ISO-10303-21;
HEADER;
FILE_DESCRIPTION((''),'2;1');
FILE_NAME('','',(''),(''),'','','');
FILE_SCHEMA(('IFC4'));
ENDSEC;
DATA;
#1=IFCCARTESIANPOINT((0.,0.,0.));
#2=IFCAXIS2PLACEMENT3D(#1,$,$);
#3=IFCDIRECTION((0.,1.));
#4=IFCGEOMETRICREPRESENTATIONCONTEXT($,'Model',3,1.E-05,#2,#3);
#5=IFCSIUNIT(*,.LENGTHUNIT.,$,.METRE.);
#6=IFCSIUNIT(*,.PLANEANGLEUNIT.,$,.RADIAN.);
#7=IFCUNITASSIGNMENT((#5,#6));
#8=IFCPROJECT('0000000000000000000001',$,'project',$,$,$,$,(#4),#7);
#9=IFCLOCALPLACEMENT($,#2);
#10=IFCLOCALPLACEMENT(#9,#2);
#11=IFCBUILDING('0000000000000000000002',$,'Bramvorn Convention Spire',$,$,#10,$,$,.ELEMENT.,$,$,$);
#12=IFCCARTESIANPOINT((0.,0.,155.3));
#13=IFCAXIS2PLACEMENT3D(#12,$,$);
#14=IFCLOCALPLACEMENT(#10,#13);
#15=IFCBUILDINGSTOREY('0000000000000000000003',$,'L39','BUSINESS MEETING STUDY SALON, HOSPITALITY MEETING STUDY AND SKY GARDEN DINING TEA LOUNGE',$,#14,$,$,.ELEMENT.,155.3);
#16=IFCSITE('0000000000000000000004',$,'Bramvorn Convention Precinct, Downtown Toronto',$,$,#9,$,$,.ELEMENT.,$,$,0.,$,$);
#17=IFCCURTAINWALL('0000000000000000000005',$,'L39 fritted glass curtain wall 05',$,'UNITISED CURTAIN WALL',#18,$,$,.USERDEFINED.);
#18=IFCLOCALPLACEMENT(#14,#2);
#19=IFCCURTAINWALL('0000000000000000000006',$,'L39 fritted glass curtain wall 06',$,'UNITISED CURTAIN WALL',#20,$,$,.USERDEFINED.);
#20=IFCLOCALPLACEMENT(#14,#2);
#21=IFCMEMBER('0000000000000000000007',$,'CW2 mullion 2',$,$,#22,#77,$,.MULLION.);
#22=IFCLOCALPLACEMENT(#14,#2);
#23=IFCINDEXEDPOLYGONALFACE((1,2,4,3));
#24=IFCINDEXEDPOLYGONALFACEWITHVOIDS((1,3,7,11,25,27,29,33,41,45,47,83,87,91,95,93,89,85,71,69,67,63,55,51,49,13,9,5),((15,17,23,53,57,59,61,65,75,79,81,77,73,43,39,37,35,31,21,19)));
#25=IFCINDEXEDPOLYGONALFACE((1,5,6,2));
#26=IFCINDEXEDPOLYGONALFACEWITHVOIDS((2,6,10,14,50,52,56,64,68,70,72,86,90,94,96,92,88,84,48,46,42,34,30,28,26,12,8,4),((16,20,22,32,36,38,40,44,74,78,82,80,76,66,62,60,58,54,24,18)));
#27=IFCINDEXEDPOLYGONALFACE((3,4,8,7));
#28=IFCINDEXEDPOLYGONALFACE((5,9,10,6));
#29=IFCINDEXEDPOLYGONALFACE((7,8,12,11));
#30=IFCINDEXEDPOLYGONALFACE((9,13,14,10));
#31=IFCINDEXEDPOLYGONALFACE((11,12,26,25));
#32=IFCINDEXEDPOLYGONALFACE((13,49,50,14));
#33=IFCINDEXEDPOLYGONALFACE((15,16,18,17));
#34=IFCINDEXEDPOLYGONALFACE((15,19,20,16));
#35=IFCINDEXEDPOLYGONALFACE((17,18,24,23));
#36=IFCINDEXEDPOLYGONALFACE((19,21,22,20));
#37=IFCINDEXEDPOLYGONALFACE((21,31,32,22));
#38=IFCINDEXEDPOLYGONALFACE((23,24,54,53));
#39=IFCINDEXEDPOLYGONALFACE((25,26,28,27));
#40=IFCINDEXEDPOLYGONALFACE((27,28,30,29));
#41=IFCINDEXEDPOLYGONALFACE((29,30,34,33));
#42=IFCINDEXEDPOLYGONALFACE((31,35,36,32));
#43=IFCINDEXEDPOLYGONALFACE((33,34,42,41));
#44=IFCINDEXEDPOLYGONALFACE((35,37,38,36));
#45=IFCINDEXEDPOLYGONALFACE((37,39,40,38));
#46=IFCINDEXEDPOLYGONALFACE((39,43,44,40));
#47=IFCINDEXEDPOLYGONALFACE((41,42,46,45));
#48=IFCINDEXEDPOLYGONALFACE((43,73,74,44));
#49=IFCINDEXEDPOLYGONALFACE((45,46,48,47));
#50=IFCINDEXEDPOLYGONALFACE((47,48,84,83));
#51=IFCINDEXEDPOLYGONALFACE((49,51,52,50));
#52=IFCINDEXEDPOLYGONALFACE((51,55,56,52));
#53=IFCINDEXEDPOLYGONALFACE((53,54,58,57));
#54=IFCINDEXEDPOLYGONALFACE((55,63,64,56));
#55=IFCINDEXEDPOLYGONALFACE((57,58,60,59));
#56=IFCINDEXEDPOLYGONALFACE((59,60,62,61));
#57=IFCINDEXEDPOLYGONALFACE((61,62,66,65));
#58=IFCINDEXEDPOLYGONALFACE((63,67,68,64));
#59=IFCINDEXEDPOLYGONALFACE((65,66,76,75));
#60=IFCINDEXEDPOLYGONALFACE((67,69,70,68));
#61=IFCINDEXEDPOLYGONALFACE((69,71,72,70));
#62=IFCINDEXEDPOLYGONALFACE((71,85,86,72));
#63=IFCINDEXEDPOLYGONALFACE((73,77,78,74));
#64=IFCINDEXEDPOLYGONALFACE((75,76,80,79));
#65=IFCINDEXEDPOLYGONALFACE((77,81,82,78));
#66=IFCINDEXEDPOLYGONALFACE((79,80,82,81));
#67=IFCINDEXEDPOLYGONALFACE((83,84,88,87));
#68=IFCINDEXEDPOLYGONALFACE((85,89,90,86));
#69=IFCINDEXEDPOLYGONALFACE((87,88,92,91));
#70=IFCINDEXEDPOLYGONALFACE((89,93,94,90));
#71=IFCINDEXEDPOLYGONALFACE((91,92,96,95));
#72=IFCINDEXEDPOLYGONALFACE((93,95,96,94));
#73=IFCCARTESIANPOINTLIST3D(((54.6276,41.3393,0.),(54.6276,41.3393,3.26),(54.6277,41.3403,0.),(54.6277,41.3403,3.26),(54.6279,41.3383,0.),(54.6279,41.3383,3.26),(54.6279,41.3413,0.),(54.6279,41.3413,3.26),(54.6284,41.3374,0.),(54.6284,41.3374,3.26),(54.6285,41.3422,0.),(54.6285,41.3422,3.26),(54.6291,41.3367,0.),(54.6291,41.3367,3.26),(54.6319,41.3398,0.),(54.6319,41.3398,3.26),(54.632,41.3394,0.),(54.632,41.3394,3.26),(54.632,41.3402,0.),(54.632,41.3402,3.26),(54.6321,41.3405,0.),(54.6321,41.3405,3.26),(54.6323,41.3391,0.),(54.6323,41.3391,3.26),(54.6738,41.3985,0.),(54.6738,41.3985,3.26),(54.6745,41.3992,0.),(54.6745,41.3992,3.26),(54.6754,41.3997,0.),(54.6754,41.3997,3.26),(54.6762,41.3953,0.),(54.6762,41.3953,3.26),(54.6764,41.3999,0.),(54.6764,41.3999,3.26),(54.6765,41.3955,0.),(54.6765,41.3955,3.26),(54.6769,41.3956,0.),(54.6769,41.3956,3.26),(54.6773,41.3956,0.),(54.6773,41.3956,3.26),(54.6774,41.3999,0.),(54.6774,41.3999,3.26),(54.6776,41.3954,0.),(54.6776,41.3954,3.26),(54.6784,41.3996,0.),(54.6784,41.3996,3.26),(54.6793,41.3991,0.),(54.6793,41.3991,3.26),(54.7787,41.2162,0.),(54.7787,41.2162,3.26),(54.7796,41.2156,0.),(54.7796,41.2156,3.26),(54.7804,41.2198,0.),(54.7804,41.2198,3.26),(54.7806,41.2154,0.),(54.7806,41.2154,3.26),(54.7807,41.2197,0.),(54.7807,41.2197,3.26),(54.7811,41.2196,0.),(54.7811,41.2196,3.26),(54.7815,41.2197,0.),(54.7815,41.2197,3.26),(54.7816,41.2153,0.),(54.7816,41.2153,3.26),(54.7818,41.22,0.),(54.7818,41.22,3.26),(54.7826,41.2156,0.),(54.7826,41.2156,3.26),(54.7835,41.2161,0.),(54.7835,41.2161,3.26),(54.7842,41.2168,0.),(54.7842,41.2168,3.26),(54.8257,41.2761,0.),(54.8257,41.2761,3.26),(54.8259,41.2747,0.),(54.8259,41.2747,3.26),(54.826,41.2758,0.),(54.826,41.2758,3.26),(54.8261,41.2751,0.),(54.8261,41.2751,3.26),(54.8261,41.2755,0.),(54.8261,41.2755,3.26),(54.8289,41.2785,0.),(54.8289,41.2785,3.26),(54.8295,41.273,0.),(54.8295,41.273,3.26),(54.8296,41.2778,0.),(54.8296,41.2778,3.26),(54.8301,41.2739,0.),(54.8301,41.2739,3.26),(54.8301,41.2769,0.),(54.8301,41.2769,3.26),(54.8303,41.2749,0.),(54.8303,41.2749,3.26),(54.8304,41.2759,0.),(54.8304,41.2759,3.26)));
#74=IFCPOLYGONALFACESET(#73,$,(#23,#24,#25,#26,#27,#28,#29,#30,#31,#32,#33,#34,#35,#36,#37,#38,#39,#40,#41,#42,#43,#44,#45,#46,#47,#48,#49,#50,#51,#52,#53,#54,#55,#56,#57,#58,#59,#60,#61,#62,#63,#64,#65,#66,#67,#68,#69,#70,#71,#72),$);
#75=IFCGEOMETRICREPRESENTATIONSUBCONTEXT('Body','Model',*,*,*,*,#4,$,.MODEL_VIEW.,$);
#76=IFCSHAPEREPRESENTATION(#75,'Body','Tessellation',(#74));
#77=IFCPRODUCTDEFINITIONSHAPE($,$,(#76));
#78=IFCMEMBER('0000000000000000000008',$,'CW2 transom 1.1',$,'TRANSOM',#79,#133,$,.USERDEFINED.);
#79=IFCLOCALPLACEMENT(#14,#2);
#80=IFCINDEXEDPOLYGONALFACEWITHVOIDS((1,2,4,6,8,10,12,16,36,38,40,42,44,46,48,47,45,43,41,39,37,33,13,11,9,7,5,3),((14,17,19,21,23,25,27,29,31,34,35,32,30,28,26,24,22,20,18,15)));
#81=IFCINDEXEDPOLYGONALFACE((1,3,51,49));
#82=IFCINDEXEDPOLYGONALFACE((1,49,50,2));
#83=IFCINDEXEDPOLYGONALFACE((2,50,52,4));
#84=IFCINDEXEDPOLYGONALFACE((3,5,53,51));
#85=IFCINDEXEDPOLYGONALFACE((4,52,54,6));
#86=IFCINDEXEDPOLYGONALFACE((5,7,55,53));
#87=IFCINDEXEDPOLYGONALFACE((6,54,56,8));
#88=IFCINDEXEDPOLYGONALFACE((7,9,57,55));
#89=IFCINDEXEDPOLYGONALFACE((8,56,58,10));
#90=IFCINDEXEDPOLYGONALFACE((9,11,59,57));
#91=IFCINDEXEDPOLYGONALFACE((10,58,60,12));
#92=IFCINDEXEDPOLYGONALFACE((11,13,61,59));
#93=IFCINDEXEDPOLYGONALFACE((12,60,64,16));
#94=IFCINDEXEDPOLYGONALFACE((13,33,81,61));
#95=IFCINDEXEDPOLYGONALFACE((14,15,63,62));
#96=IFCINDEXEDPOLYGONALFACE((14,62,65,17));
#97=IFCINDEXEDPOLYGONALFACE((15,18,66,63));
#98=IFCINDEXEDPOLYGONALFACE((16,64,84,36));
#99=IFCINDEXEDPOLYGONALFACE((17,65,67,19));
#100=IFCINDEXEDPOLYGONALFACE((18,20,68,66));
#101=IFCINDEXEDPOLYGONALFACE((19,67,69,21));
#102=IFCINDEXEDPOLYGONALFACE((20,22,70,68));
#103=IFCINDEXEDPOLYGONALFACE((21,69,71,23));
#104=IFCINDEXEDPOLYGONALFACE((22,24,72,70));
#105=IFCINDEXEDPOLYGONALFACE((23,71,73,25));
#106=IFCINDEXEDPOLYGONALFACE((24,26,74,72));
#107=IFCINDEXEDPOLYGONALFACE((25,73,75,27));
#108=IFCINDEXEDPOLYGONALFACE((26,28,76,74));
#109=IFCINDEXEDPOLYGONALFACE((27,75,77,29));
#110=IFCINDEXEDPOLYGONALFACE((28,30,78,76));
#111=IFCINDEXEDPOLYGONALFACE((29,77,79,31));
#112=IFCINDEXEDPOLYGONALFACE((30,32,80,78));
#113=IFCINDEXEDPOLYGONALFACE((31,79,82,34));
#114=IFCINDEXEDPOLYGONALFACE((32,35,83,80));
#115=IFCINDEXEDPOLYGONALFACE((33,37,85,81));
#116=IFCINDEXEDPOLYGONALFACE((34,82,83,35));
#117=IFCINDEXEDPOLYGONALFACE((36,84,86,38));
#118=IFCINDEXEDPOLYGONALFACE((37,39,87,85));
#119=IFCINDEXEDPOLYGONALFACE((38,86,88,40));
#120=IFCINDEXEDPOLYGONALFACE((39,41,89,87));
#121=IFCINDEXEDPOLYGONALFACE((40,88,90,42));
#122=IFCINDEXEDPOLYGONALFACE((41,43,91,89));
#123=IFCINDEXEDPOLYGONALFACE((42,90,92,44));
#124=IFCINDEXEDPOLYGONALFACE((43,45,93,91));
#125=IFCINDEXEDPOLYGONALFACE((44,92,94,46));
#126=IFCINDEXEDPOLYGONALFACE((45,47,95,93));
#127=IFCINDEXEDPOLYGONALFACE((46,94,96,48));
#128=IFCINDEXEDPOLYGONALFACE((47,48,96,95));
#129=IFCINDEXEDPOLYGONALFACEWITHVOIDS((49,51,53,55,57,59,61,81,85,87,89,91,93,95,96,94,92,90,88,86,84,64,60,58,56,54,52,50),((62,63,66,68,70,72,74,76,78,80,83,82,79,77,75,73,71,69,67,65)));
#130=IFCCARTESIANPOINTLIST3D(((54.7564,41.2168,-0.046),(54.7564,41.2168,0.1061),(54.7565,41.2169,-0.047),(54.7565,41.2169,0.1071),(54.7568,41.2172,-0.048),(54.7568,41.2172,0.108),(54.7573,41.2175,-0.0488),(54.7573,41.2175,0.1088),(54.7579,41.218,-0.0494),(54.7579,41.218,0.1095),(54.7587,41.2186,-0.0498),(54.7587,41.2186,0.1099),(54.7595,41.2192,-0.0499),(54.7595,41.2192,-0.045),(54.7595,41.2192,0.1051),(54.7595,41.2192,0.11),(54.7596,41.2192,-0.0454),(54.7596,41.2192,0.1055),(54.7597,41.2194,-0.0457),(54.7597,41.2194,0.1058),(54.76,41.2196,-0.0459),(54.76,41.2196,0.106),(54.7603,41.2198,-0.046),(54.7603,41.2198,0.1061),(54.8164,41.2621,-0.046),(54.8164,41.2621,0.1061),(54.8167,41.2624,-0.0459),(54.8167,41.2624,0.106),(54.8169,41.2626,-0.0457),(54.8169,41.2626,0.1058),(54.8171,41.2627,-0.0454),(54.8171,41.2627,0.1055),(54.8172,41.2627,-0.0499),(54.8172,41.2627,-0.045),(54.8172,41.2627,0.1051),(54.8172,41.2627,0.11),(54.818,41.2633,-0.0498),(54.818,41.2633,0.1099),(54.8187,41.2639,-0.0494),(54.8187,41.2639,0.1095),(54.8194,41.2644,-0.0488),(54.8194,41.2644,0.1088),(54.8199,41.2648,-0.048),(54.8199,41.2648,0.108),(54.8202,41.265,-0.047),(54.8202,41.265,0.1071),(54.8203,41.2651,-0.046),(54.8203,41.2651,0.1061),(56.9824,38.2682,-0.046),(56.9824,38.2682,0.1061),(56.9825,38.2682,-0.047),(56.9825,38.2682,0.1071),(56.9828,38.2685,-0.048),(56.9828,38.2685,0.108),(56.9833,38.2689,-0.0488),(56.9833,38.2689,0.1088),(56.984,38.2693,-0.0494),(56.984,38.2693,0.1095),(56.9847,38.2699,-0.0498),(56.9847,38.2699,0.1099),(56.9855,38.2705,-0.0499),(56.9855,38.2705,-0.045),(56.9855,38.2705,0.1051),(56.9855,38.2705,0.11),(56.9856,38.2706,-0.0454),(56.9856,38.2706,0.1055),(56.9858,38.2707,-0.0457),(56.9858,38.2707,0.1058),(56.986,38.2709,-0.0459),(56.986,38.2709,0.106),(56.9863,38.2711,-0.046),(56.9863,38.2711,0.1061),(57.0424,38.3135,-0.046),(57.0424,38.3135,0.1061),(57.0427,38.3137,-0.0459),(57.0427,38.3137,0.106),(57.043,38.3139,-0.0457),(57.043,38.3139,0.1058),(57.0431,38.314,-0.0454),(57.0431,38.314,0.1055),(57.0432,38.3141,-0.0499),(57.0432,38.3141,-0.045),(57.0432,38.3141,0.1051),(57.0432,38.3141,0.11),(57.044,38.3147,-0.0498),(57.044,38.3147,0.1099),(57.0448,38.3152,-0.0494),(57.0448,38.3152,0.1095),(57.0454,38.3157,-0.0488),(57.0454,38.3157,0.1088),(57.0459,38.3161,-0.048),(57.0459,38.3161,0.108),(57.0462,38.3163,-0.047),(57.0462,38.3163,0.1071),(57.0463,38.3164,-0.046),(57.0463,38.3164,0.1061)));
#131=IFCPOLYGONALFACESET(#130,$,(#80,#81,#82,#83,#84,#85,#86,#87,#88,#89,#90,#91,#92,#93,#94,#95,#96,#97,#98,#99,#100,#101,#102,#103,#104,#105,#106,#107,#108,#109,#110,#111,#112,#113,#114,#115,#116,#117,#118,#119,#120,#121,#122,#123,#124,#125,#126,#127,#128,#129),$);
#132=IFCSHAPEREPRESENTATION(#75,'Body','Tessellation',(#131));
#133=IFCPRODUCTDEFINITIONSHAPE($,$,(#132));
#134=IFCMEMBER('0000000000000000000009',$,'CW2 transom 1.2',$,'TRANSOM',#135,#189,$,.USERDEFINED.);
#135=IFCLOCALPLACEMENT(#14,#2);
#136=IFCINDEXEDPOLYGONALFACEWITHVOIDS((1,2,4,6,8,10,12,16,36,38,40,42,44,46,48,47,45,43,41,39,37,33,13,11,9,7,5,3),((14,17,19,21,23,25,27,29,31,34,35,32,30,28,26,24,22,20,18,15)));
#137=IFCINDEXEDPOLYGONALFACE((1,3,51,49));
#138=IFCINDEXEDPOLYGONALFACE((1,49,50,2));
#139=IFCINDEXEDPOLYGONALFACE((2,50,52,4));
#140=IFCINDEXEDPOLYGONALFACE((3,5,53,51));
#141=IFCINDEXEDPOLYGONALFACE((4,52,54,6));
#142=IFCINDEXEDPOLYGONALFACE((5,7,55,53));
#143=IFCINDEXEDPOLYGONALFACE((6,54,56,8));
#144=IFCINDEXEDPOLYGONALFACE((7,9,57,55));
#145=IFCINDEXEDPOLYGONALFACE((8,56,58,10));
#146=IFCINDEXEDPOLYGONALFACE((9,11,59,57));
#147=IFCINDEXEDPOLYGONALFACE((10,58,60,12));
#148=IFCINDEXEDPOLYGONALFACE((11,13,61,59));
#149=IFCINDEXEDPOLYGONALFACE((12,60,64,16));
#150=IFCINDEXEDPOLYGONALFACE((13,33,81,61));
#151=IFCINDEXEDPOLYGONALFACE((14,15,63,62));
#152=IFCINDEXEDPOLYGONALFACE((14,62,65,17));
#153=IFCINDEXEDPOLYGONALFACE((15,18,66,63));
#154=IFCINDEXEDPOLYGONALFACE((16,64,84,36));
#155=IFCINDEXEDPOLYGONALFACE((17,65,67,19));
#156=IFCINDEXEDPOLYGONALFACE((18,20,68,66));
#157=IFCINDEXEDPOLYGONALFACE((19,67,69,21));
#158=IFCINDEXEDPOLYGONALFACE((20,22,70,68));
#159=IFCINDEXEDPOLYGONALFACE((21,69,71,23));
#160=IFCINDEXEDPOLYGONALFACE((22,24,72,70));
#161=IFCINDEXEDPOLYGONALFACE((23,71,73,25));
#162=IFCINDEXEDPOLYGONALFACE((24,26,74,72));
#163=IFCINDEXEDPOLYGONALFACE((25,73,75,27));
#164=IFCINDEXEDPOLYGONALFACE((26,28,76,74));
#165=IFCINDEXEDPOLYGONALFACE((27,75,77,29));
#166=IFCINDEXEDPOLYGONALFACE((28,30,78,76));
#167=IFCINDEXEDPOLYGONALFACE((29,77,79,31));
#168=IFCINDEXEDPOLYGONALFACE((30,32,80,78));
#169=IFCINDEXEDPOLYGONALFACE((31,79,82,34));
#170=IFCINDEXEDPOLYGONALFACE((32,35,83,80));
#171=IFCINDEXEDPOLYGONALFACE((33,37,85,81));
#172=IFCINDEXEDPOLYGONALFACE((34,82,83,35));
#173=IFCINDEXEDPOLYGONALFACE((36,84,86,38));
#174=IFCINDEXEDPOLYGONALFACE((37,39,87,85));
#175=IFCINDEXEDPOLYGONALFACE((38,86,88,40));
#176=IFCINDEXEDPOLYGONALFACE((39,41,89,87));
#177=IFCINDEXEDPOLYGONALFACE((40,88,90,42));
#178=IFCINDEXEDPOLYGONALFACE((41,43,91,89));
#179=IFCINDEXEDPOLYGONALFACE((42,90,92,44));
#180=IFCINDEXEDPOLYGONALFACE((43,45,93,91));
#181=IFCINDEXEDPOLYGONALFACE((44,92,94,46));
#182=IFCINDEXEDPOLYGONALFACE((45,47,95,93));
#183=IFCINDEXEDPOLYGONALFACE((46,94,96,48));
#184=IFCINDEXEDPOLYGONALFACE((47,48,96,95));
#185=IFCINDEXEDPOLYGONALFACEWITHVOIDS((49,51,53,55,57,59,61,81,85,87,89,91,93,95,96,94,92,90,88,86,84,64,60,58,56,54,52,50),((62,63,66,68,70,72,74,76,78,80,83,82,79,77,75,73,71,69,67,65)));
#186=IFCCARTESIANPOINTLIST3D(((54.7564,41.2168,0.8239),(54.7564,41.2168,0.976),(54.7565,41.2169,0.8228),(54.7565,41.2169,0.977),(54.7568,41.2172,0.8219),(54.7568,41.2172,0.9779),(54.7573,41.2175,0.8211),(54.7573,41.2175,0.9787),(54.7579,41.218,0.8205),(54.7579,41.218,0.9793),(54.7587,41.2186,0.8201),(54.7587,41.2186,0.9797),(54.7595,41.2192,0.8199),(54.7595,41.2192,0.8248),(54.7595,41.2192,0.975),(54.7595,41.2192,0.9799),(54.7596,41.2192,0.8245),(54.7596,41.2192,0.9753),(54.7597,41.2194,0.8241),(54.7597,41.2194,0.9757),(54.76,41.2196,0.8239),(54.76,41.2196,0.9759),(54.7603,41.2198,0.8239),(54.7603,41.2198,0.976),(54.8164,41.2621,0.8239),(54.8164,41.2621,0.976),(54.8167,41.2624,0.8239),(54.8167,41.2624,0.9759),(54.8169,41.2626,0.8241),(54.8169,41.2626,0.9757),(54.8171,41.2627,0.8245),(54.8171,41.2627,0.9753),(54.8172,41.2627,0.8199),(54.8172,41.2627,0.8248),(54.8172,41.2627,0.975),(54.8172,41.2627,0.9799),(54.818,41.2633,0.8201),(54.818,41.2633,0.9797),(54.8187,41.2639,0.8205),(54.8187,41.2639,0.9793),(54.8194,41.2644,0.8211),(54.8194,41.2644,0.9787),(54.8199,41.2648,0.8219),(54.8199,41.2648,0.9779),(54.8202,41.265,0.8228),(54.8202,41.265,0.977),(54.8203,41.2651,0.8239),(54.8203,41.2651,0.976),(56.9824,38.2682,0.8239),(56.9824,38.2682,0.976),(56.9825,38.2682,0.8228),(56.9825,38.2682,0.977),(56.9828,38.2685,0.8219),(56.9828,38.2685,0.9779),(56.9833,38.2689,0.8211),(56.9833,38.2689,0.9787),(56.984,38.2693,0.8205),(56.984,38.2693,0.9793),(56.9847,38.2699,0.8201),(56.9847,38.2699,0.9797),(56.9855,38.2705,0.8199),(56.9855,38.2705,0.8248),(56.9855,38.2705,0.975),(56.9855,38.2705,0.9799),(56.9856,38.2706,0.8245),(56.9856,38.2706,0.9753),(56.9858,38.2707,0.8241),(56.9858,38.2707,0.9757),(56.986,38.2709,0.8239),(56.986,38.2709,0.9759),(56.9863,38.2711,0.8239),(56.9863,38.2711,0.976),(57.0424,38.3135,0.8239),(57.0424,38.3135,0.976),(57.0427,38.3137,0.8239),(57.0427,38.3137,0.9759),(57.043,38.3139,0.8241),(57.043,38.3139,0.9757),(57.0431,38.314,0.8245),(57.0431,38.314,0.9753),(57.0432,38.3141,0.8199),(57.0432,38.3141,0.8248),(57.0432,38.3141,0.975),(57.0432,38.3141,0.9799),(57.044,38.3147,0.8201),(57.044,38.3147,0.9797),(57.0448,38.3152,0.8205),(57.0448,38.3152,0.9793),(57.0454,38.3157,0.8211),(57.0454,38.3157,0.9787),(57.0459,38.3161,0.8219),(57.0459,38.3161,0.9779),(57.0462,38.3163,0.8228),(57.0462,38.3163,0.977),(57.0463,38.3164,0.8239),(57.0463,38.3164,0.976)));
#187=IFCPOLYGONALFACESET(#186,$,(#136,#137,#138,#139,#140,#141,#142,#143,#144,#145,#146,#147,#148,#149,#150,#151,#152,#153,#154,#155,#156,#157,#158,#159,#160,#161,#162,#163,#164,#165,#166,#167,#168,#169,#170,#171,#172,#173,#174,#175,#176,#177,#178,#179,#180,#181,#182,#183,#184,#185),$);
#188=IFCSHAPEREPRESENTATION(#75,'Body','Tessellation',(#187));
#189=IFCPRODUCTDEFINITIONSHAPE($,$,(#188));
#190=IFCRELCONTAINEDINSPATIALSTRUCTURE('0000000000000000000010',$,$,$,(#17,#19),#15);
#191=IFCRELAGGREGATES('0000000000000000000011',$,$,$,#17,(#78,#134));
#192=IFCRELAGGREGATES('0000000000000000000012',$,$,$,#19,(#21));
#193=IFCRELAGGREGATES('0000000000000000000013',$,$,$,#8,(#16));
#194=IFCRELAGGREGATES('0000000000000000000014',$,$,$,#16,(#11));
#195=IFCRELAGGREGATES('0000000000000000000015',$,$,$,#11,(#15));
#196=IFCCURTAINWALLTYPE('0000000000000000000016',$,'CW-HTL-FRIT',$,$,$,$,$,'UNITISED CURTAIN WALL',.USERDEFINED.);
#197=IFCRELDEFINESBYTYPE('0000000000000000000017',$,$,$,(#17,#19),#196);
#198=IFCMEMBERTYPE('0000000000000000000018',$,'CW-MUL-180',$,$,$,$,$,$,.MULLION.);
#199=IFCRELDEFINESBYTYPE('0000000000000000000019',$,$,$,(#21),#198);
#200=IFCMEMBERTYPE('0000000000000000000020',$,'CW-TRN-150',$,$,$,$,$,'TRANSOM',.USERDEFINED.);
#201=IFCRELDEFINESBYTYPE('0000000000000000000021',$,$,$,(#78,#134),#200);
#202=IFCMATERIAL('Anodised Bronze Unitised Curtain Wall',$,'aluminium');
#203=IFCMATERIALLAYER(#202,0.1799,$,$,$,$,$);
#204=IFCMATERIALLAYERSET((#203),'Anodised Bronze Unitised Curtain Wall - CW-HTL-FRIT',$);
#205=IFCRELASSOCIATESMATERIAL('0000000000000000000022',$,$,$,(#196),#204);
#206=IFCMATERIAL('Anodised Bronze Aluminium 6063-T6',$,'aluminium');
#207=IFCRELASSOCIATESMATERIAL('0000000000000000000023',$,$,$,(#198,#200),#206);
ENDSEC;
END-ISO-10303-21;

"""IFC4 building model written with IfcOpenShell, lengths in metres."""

from ifc_helpers import new_model, si_unit, direction, frame, origin, origin_2d, place, context, subcontext, project, spatial, hollow_rectangle, extrude, material, layer, layer_set, material_profile, profile_set, type_object, element, aggregate, save


model = new_model("IFC4")

# Units and contexts
model_context = context("Model", 3, precision=1e-05, world=origin(), true_north=direction((0.0, 1.0)))
body_context = subcontext(model_context, "Body", "Model", "MODEL_VIEW")
ifc_project = project(units=[si_unit("LENGTHUNIT", "METRE"), si_unit("PLANEANGLEUNIT", "RADIAN")], contexts=[model_context])

# Site, building, storey
site_placement = place(None, origin())
site = spatial("IfcSite", under=ifc_project, at=site_placement, Name="Bramvorn Convention Precinct, Downtown Toronto", CompositionType="ELEMENT", RefElevation=0.0)
building_placement = place(site_placement, origin())
building = spatial("IfcBuilding", under=site, at=building_placement, Name="Bramvorn Convention Spire", CompositionType="ELEMENT")
storey_placement = place(building_placement, frame((0.0, 0.0, 155.3)))
storey = spatial("IfcBuildingStorey", under=building, at=storey_placement, Name="L39", Description="BUSINESS MEETING STUDY SALON, HOSPITALITY MEETING STUDY AND SKY GARDEN DINING TEA LOUNGE", CompositionType="ELEMENT", Elevation=155.3)

# Curtain walls, member
ifc_material_1 = material(Name="Anodised Bronze Unitised Curtain Wall", Category="aluminium")
ifc_layer_1 = layer(ifc_material_1, 0.1799)
ifc_layer_set_1 = layer_set([ifc_layer_1], Name="Anodised Bronze Unitised Curtain Wall - CW-HTL-FRIT")
curtain_wall_type = type_object("IfcCurtainWallType", Name="CW-HTL-FRIT", ElementType="UNITISED CURTAIN WALL", PredefinedType="USERDEFINED", material=ifc_layer_set_1)
curtain_wall_1_placement = place(storey_placement, origin())
curtain_wall_1 = element("IfcCurtainWall", 1, at=curtain_wall_1_placement, inside=storey, type_object=curtain_wall_type, Name="L39 fritted glass curtain wall 05", ObjectType="UNITISED CURTAIN WALL", PredefinedType="USERDEFINED")
ifc_material_2 = material(Name="Anodised Bronze Aluminium 6063-T6", Category="aluminium")
ifc_material_profile_1 = material_profile(ifc_material_2, hollow_rectangle(XDim=0.0801, YDim=0.2, WallThickness=0.0039, InnerFilletRadius=0.001, OuterFilletRadius=0.0039, at=origin_2d()))
ifc_profile_set_1 = profile_set([ifc_material_profile_1], Name="Anodised Bronze Aluminium 6063-T6 - CWM80X200")
member_type_1 = type_object("IfcMemberType", Name="CW-MUL-180", PredefinedType="MULLION", material=ifc_profile_set_1)
curtain_wall_2_placement = place(storey_placement, origin())
curtain_wall_2 = element("IfcCurtainWall", 2, at=curtain_wall_2_placement, inside=storey, type_object=curtain_wall_type, Name="L39 fritted glass curtain wall 06", ObjectType="UNITISED CURTAIN WALL", PredefinedType="USERDEFINED")
member_1_placement = place(storey_placement, frame((54.729, 41.3076, 0.0), z_axis=(0.0, 0.0, 1.0), x_axis=(0.627247, 0.778821, 0.0)))
member_1 = element("IfcMember", 3, at=member_1_placement, type_object=member_type_1, Name="CW2 mullion 2", PredefinedType="MULLION", context=body_context, shape_type="SweptSolid", body=[
    extrude(hollow_rectangle(XDim=0.0801, YDim=0.2, WallThickness=0.0039, InnerFilletRadius=0.001, OuterFilletRadius=0.0039, at=origin_2d()), origin(), (0.0, 0.0, 1.0), 3.26),
])

# Members
ifc_material_profile_2 = material_profile(ifc_material_2, hollow_rectangle(XDim=0.0801, YDim=0.1599, WallThickness=0.0039, InnerFilletRadius=0.001, OuterFilletRadius=0.0039, at=origin_2d()))
ifc_profile_set_2 = profile_set([ifc_material_profile_2], Name="Anodised Bronze Aluminium 6063-T6 - CWT80X160")
member_type_2 = type_object("IfcMemberType", Name="CW-TRN-150", ElementType="TRANSOM", PredefinedType="USERDEFINED", material=ifc_profile_set_2)
member_2_placement = place(storey_placement, frame((54.7883, 41.241, 0.03), z_axis=(0.602513, -0.798109, 0.0), x_axis=(0.798109, 0.602513, 0.0)))
member_2 = element("IfcMember", 4, at=member_2_placement, type_object=member_type_2, Name="CW2 transom 1.1", ObjectType="TRANSOM", PredefinedType="USERDEFINED", context=body_context, shape_type="SweptSolid", body=[
    extrude(hollow_rectangle(XDim=0.0801, YDim=0.1599, WallThickness=0.0039, InnerFilletRadius=0.001, OuterFilletRadius=0.0039, at=origin_2d()), origin(), (0.0, 0.0, 1.0), 3.6946),
])
member_3_placement = place(storey_placement, frame((54.7883, 41.241, 0.8999), z_axis=(0.602513, -0.798109, 0.0), x_axis=(0.798109, 0.602513, 0.0)))
member_3 = element("IfcMember", 5, at=member_3_placement, type_object=member_type_2, Name="CW2 transom 1.2", ObjectType="TRANSOM", PredefinedType="USERDEFINED", context=body_context, shape_type="SweptSolid", body=[
    extrude(hollow_rectangle(XDim=0.0801, YDim=0.1599, WallThickness=0.0039, InnerFilletRadius=0.001, OuterFilletRadius=0.0039, at=origin_2d()), origin(), (0.0, 0.0, 1.0), 3.6946),
])

aggregate(curtain_wall_1, [member_2, member_3])
aggregate(curtain_wall_2, [member_1])

save(model, "model.ifc")
